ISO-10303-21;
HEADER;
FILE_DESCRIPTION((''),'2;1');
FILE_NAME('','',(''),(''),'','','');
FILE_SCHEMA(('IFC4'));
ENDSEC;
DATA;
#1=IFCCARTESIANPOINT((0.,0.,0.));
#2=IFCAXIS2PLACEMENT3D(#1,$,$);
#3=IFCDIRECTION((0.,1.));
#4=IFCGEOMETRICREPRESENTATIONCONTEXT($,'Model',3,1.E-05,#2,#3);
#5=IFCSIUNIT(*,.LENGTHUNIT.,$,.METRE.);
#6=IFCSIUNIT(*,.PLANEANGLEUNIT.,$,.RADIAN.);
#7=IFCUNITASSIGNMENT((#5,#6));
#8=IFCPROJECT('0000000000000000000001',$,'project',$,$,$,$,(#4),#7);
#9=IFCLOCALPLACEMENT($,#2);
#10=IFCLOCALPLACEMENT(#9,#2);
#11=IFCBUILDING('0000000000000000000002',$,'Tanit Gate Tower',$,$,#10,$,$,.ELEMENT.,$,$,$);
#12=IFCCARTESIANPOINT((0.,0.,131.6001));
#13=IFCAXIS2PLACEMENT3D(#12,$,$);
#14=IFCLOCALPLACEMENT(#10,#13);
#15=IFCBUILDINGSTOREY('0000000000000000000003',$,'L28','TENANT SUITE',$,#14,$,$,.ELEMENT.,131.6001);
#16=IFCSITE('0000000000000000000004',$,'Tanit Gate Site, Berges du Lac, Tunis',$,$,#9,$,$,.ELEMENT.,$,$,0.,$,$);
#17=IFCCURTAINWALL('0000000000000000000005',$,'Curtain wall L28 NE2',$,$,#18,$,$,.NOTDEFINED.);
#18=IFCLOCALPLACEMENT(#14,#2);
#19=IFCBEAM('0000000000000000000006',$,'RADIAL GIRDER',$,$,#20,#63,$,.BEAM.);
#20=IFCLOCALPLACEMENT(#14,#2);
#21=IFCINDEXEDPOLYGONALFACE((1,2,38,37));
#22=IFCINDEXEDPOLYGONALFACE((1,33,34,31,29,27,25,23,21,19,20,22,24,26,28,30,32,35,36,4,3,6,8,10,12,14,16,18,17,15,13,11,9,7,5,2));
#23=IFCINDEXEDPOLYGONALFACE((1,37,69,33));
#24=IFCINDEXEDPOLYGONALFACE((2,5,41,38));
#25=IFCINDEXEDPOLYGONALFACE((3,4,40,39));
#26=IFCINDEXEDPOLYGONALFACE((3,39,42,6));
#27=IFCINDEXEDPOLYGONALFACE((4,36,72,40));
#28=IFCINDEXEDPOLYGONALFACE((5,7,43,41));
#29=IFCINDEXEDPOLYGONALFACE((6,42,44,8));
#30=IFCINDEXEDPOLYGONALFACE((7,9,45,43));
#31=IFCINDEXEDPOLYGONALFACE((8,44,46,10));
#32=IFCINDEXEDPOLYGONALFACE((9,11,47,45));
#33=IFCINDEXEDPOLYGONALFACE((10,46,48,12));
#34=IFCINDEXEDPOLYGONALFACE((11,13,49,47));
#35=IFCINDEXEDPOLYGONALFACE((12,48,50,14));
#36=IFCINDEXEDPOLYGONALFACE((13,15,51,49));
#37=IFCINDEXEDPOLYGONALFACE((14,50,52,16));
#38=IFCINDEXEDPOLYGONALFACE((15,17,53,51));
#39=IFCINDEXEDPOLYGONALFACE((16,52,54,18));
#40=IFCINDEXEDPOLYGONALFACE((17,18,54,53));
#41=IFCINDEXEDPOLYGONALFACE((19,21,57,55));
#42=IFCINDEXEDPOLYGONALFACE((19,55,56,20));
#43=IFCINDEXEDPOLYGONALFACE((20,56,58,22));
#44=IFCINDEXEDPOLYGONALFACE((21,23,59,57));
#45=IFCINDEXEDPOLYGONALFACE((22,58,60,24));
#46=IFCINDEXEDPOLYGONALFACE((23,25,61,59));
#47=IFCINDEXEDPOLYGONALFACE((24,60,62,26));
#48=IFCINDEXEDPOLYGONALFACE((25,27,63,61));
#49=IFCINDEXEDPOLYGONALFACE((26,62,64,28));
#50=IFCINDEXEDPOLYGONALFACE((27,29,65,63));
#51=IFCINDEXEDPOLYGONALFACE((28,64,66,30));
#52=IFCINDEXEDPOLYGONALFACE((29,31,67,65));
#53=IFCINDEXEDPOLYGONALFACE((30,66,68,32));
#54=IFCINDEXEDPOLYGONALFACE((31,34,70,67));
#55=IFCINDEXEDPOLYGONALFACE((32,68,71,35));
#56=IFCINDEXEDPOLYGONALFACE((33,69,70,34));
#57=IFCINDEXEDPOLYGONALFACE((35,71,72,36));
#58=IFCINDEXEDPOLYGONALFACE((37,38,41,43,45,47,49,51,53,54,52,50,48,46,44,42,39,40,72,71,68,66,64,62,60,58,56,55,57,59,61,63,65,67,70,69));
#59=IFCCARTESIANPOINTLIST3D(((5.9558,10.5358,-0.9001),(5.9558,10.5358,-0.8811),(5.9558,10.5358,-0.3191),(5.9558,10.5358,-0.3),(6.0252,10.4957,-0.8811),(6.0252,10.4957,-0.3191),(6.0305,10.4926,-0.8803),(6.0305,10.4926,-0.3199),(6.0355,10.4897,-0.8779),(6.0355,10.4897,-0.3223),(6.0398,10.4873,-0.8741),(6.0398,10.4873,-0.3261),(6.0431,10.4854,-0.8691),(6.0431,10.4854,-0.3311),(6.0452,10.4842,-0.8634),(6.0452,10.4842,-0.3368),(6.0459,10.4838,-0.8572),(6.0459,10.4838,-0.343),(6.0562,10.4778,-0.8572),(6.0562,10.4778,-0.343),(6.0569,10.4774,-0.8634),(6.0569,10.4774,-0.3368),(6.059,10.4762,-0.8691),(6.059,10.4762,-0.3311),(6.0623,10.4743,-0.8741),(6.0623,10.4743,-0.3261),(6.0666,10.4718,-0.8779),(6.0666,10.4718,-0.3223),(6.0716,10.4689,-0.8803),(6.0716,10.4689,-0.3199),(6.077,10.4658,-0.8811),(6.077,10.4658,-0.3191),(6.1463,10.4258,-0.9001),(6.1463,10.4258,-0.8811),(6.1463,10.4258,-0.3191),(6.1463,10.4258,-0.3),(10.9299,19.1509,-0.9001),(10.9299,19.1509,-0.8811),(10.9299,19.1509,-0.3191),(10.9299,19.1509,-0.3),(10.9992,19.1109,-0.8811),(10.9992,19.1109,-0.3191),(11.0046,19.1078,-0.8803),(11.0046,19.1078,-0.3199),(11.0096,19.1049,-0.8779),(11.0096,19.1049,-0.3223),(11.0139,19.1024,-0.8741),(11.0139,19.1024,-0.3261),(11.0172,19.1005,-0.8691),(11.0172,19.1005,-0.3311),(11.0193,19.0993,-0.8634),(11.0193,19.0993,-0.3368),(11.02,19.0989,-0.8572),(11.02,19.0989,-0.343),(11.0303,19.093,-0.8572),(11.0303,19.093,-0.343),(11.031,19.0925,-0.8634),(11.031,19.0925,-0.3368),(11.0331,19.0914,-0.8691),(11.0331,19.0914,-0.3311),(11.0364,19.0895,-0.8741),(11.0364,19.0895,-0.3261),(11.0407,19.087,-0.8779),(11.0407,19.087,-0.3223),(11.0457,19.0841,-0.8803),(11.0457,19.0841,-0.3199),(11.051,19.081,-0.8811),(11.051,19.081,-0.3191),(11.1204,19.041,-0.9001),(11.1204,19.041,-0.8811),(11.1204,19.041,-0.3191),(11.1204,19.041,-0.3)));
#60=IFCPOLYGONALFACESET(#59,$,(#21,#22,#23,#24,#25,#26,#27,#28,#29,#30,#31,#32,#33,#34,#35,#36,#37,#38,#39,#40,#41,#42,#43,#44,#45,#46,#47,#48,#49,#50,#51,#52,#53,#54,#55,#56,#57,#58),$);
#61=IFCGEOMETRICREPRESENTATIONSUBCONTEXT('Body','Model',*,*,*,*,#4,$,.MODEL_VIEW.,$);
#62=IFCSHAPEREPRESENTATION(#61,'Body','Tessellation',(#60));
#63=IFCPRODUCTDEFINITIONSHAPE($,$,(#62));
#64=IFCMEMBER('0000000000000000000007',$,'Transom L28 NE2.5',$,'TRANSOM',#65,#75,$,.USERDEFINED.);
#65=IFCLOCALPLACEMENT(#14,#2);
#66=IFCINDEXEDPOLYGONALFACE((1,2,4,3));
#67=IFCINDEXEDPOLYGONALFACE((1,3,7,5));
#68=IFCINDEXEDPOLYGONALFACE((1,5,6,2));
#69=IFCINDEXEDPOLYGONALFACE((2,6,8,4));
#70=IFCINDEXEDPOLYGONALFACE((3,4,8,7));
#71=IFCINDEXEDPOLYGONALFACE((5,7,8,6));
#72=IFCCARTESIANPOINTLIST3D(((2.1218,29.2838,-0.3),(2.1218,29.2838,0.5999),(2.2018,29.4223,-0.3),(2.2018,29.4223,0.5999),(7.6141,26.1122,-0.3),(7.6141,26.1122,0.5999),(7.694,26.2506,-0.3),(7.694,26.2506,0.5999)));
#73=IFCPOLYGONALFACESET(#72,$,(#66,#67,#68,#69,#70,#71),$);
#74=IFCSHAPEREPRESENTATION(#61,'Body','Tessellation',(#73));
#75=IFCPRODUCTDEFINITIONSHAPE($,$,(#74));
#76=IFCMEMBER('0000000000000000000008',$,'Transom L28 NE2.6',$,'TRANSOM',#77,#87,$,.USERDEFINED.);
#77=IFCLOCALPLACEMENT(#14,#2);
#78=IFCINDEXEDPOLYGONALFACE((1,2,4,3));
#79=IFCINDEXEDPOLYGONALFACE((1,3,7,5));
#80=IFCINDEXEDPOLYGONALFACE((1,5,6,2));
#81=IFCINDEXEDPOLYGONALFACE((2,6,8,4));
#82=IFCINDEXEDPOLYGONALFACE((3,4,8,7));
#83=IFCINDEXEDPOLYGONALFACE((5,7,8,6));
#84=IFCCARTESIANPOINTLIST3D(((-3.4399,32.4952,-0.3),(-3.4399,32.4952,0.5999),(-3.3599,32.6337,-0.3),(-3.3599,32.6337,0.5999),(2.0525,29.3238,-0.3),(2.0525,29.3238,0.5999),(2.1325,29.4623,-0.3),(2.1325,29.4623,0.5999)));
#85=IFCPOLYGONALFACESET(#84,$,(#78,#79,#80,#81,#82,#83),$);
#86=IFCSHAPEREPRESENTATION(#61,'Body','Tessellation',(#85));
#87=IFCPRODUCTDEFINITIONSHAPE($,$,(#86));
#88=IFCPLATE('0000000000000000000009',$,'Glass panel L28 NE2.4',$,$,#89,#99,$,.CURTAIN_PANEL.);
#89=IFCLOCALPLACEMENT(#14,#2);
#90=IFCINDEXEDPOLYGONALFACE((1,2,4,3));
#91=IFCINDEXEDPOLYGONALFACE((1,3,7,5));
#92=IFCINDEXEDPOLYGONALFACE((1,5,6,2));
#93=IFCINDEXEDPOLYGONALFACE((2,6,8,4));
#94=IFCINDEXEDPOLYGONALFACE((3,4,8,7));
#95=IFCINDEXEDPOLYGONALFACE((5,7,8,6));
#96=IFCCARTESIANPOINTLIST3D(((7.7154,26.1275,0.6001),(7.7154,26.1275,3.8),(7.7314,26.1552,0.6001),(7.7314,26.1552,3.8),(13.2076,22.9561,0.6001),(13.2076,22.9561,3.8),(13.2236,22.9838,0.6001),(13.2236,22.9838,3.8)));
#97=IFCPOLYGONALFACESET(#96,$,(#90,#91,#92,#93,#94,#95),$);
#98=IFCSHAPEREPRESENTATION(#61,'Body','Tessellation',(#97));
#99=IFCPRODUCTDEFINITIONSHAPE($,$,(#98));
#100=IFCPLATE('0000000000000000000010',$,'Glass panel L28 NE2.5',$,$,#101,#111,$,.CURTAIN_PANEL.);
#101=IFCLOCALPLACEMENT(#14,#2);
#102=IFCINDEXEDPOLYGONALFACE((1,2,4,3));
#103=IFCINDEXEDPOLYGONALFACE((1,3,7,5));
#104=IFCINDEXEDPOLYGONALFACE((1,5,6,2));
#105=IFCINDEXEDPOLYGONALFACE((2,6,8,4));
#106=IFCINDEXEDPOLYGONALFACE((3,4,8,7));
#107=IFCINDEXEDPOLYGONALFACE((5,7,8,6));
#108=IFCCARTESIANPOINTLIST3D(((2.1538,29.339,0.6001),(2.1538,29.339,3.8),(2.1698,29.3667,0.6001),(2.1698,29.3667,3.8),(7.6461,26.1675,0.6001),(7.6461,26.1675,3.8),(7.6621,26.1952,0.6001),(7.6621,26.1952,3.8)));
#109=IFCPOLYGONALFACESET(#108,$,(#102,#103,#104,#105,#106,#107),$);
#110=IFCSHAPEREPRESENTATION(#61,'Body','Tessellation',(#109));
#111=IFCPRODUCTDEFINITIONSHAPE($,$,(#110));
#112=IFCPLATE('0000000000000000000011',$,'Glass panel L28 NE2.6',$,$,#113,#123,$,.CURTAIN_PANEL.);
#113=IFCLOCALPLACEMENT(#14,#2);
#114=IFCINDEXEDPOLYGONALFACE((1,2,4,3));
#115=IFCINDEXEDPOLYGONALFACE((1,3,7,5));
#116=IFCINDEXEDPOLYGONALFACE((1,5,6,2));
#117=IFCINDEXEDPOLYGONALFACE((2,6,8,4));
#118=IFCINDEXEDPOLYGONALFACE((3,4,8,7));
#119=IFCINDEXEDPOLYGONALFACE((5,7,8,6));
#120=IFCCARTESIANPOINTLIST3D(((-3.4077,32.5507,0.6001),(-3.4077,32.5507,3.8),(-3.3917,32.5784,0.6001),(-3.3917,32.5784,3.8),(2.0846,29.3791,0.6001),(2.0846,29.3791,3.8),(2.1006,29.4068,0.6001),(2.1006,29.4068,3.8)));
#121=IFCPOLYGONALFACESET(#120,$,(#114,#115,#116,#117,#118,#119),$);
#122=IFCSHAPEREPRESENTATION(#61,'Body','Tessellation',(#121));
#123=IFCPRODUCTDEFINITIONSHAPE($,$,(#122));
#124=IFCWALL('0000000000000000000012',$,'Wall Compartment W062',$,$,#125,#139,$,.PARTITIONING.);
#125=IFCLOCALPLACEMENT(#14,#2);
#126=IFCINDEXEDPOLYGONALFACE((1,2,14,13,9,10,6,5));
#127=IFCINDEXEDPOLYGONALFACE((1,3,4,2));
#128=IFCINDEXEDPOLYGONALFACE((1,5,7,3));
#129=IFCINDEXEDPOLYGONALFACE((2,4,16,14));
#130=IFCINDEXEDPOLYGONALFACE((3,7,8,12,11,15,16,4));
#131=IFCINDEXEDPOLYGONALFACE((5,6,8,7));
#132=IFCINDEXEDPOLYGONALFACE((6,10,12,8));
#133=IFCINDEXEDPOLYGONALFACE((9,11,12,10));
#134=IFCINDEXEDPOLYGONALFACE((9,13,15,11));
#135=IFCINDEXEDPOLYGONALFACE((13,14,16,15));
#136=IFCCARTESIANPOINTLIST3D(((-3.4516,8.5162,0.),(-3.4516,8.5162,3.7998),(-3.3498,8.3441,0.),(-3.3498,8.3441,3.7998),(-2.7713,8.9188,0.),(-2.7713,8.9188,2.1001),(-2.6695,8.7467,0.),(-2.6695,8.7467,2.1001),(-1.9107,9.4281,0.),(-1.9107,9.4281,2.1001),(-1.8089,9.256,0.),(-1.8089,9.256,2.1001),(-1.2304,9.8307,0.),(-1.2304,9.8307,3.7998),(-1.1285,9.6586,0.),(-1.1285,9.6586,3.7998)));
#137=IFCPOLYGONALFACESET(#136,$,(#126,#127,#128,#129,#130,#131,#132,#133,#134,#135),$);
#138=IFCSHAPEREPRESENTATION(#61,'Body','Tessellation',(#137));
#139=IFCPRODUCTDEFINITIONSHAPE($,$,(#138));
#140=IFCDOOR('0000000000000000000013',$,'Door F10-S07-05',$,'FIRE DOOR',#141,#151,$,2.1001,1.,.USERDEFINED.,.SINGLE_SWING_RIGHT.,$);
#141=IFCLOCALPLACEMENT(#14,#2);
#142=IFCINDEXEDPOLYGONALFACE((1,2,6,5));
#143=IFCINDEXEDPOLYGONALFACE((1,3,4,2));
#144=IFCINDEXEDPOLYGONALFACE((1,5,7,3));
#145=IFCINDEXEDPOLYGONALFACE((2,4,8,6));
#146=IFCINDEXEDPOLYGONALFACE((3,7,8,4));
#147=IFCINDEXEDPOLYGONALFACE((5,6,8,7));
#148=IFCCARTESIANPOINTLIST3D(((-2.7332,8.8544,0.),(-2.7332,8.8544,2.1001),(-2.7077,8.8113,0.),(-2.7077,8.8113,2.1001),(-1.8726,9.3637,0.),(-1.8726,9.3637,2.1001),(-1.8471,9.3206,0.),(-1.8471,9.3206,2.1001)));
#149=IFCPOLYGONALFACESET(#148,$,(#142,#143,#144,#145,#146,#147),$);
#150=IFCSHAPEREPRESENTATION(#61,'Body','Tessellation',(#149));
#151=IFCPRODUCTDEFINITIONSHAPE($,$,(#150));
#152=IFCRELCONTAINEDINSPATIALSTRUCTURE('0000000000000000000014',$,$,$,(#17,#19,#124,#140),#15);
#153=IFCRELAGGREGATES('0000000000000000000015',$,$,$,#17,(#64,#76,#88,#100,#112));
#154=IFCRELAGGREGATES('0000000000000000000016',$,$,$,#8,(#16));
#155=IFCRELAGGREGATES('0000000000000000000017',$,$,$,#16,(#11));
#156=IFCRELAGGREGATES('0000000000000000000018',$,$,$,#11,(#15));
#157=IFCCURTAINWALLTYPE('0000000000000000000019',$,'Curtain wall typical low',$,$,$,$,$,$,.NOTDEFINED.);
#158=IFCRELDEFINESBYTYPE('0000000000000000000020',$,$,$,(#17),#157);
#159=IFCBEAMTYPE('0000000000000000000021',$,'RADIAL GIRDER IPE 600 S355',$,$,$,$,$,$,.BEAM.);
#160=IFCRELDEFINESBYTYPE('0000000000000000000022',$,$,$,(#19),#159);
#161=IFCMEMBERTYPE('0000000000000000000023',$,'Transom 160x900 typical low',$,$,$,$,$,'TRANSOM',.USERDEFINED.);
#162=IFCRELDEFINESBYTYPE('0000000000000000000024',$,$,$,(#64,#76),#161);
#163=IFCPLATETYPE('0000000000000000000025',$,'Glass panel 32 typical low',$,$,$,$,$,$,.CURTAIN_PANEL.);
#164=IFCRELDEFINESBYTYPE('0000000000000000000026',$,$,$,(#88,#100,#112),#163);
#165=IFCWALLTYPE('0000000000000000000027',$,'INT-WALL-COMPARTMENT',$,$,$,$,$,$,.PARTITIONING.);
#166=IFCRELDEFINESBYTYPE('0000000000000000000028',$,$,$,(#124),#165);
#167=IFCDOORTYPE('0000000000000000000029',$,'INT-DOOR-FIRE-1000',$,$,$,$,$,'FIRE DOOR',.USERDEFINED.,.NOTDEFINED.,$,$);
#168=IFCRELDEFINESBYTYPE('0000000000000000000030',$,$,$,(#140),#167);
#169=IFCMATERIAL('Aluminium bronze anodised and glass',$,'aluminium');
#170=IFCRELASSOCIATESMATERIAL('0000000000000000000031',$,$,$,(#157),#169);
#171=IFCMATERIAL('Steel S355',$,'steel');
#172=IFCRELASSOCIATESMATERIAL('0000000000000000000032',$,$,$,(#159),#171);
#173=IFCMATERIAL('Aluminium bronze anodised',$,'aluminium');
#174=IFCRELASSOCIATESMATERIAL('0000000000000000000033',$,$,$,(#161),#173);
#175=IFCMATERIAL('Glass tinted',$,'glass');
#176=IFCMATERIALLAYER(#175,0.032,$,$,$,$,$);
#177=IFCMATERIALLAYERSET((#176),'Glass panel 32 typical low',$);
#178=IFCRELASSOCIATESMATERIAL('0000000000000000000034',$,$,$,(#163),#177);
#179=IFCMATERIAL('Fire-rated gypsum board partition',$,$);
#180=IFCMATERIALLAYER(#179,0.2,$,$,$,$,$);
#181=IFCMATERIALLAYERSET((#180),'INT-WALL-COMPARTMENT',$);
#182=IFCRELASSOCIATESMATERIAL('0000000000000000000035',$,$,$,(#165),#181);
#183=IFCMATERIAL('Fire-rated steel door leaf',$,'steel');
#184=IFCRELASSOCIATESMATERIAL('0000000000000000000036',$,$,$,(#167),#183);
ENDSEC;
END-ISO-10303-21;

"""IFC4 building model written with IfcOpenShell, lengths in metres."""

from ifc_helpers import new_model, si_unit, direction, frame, frame_2d, origin, origin_2d, place, context, subcontext, project, spatial, rectangle, i_section, extrude, material, layer, layer_set, material_profile, profile_set, type_object, element, fill, aggregate, save


model = new_model("IFC4")

# Units and contexts
model_context = context("Model", 3, precision=1e-05, world=origin(), true_north=direction((0.0, 1.0)))
body_context = subcontext(model_context, "Body", "Model", "MODEL_VIEW")
ifc_project = project(units=[si_unit("LENGTHUNIT", "METRE"), si_unit("PLANEANGLEUNIT", "RADIAN")], contexts=[model_context])

# Site, building, storey
site_placement = place(None, origin())
site = spatial("IfcSite", under=ifc_project, at=site_placement, Name="Tanit Gate Site, Berges du Lac, Tunis", CompositionType="ELEMENT", RefElevation=0.0)
building_placement = place(site_placement, origin())
building = spatial("IfcBuilding", under=site, at=building_placement, Name="Tanit Gate Tower", CompositionType="ELEMENT")
storey_placement = place(building_placement, frame((0.0, 0.0, 131.6001)))
storey = spatial("IfcBuildingStorey", under=building, at=storey_placement, Name="L28", Description="TENANT SUITE", CompositionType="ELEMENT", Elevation=131.6001)

# Curtain wall
ifc_material_1 = material(Name="Aluminium bronze anodised and glass", Category="aluminium")
curtain_wall_type = type_object("IfcCurtainWallType", Name="Curtain wall typical low", PredefinedType="NOTDEFINED", material=ifc_material_1)
curtain_wall_placement = place(storey_placement, origin())
curtain_wall = element("IfcCurtainWall", 1, at=curtain_wall_placement, inside=storey, type_object=curtain_wall_type, Name="Curtain wall L28 NE2", PredefinedType="NOTDEFINED")

# Beam
ifc_material_2 = material(Name="Steel S355", Category="steel")
ifc_material_profile_1 = material_profile(ifc_material_2, i_section(OverallWidth=0.22, OverallDepth=0.6001, WebThickness=0.012, FlangeThickness=0.019, FilletRadius=0.0239, at=origin_2d()), Name="IPE 600")
ifc_profile_set_1 = profile_set([ifc_material_profile_1], Name="Steel S355")
beam_type_1 = type_object("IfcBeamType", Name="RADIAL GIRDER IPE 600 S355", PredefinedType="BEAM", material=ifc_profile_set_1)
beam_1_placement = place(storey_placement, frame((11.0251, 19.0959, -0.6001), z_axis=(-0.500009, -0.86602, 0.0), x_axis=(0.86602, -0.500009, 0.0)))
element("IfcBeam", 2, at=beam_1_placement, inside=storey, type_object=beam_type_1, Name="RADIAL GIRDER", PredefinedType="BEAM", context=body_context, shape_type="SweptSolid", body=[
    extrude(i_section(OverallWidth=0.22, OverallDepth=0.6001, WebThickness=0.012, FlangeThickness=0.019, FilletRadius=0.0239, at=origin_2d()), origin(), (0.0, 0.0, 1.0), 9.948),
])

# Members
ifc_material_3 = material(Name="Aluminium bronze anodised", Category="aluminium")
ifc_material_profile_2 = material_profile(ifc_material_3, rectangle(XDim=0.1599, YDim=0.8999, at=origin_2d()), Name="160x900 bronze transom")
ifc_profile_set_2 = profile_set([ifc_material_profile_2], Name="Aluminium bronze anodised")
member_type_1 = type_object("IfcMemberType", Name="Transom 160x900 typical low", ElementType="TRANSOM", PredefinedType="USERDEFINED", material=ifc_profile_set_2)
member_1_placement = place(storey_placement, frame((7.6541, 26.1814, 0.1499), z_axis=(-0.865977, 0.500085, 0.0), x_axis=(-0.500085, -0.865977, 0.0)))
member_1 = element("IfcMember", 3, at=member_1_placement, type_object=member_type_1, Name="Transom L28 NE2.5", ObjectType="TRANSOM", PredefinedType="USERDEFINED", context=body_context, shape_type="SweptSolid", body=[
    extrude(rectangle(XDim=0.1599, YDim=0.8999, at=origin_2d()), origin(), (0.0, 0.0, 1.0), 6.3423),
])
member_2_placement = place(storey_placement, frame((2.0925, 29.3931, 0.1499), z_axis=(-0.866003, 0.500039, 0.0), x_axis=(-0.500039, -0.866003, 0.0)))
member_2 = element("IfcMember", 4, at=member_2_placement, type_object=member_type_1, Name="Transom L28 NE2.6", ObjectType="TRANSOM", PredefinedType="USERDEFINED", context=body_context, shape_type="SweptSolid", body=[
    extrude(rectangle(XDim=0.1599, YDim=0.8999, at=origin_2d()), origin(), (0.0, 0.0, 1.0), 6.3423),
])

# Plates
ifc_material_4 = material(Name="Glass tinted", Category="glass")
ifc_layer_1 = layer(ifc_material_4, 0.032)
ifc_layer_set_1 = layer_set([ifc_layer_1], Name="Glass panel 32 typical low")
plate_type = type_object("IfcPlateType", Name="Glass panel 32 typical low", PredefinedType="CURTAIN_PANEL", material=ifc_layer_set_1)
plate_1_placement = place(storey_placement, frame((10.4695, 24.5557, 0.6001), z_axis=(0.0, 0.0, 1.0), x_axis=(-0.865991, 0.50006, 0.0)))
plate_1 = element("IfcPlate", 5, at=plate_1_placement, type_object=plate_type, Name="Glass panel L28 NE2.4", PredefinedType="CURTAIN_PANEL", context=body_context, shape_type="SweptSolid", body=[
    extrude(rectangle(XDim=6.342, YDim=0.032, at=origin_2d()), origin(), (0.0, 0.0, 1.0), 3.2),
])
plate_2_placement = place(storey_placement, frame((4.908, 27.7671, 0.6001), z_axis=(0.0, 0.0, 1.0), x_axis=(-0.865991, 0.50006, 0.0)))
plate_2 = element("IfcPlate", 6, at=plate_2_placement, type_object=plate_type, Name="Glass panel L28 NE2.5", PredefinedType="CURTAIN_PANEL", context=body_context, shape_type="SweptSolid", body=[
    extrude(rectangle(XDim=6.3423, YDim=0.032, at=origin_2d()), origin(), (0.0, 0.0, 1.0), 3.2),
])
plate_3_placement = place(storey_placement, frame((-0.6536, 30.9788, 0.6001), z_axis=(0.0, 0.0, 1.0), x_axis=(-0.865991, 0.50006, 0.0)))
plate_3 = element("IfcPlate", 7, at=plate_3_placement, type_object=plate_type, Name="Glass panel L28 NE2.6", PredefinedType="CURTAIN_PANEL", context=body_context, shape_type="SweptSolid", body=[
    extrude(rectangle(XDim=6.3423, YDim=0.032, at=origin_2d()), origin(), (0.0, 0.0, 1.0), 3.2),
])
aggregate(curtain_wall, [member_1, member_2, plate_1, plate_2, plate_3])

# Wall, opening, door
ifc_material_5 = material(Name="Fire-rated gypsum board partition")
ifc_layer_2 = layer(ifc_material_5, 0.2)
ifc_layer_set_2 = layer_set([ifc_layer_2], Name="INT-WALL-COMPARTMENT")
wall_type_1 = type_object("IfcWallType", Name="INT-WALL-COMPARTMENT", PredefinedType="PARTITIONING", material=ifc_layer_set_2)
wall_1_placement = place(storey_placement, frame((-1.1794, 9.7446, 0.0), z_axis=(0.0, 0.0, 1.0), x_axis=(-0.860599, -0.509284, 0.0)))
wall_1 = element("IfcWall", 8, at=wall_1_placement, inside=storey, type_object=wall_type_1, Name="Wall Compartment W062", PredefinedType="PARTITIONING", context=body_context, shape_type="SweptSolid", body=[
    extrude(rectangle(XDim=2.5811, YDim=0.2, at=frame_2d((1.2905, 0.0))), origin(), (0.0, 0.0, 1.0), 3.7998),
])
opening_1_placement = place(wall_1_placement, frame((0.7905, 0.0, 0.0)))
opening_1 = element("IfcOpeningElement", 9, at=opening_1_placement, cuts=wall_1, PredefinedType="OPENING", context=body_context, shape_type="SweptSolid", body=[
    extrude(rectangle(XDim=1.0, YDim=2.1001, at=frame_2d((0.5, 1.05))), frame((0.0, 0.1099, 0.0), z_axis=(0.0, -1.0, 0.0), x_axis=(1.0, 0.0, 0.0)), (0.0, 0.0, 1.0), 0.22),
])
ifc_material_6 = material(Name="Fire-rated steel door leaf", Category="steel")
door_type_1 = type_object("IfcDoorType", Name="INT-DOOR-FIRE-1000", ElementType="FIRE DOOR", OperationType="NOTDEFINED", PredefinedType="USERDEFINED", material=ifc_material_6)
door_1_placement = place(opening_1_placement, origin())
door_1 = element("IfcDoor", 10, at=door_1_placement, inside=storey, type_object=door_type_1, Name="Door F10-S07-05", ObjectType="FIRE DOOR", OperationType="SINGLE_SWING_RIGHT", OverallHeight=2.1001, OverallWidth=1.0, PredefinedType="USERDEFINED", context=body_context, shape_type="SweptSolid", body=[
    extrude(rectangle(XDim=1.0, YDim=2.1001, at=frame_2d((0.5, 1.05))), frame((0.0, 0.0249, 0.0), z_axis=(0.0, -1.0, 0.0), x_axis=(1.0, 0.0, 0.0)), (0.0, 0.0, 1.0), 0.05),
])
fill(opening_1, door_1)

save(model, "model.ifc")
